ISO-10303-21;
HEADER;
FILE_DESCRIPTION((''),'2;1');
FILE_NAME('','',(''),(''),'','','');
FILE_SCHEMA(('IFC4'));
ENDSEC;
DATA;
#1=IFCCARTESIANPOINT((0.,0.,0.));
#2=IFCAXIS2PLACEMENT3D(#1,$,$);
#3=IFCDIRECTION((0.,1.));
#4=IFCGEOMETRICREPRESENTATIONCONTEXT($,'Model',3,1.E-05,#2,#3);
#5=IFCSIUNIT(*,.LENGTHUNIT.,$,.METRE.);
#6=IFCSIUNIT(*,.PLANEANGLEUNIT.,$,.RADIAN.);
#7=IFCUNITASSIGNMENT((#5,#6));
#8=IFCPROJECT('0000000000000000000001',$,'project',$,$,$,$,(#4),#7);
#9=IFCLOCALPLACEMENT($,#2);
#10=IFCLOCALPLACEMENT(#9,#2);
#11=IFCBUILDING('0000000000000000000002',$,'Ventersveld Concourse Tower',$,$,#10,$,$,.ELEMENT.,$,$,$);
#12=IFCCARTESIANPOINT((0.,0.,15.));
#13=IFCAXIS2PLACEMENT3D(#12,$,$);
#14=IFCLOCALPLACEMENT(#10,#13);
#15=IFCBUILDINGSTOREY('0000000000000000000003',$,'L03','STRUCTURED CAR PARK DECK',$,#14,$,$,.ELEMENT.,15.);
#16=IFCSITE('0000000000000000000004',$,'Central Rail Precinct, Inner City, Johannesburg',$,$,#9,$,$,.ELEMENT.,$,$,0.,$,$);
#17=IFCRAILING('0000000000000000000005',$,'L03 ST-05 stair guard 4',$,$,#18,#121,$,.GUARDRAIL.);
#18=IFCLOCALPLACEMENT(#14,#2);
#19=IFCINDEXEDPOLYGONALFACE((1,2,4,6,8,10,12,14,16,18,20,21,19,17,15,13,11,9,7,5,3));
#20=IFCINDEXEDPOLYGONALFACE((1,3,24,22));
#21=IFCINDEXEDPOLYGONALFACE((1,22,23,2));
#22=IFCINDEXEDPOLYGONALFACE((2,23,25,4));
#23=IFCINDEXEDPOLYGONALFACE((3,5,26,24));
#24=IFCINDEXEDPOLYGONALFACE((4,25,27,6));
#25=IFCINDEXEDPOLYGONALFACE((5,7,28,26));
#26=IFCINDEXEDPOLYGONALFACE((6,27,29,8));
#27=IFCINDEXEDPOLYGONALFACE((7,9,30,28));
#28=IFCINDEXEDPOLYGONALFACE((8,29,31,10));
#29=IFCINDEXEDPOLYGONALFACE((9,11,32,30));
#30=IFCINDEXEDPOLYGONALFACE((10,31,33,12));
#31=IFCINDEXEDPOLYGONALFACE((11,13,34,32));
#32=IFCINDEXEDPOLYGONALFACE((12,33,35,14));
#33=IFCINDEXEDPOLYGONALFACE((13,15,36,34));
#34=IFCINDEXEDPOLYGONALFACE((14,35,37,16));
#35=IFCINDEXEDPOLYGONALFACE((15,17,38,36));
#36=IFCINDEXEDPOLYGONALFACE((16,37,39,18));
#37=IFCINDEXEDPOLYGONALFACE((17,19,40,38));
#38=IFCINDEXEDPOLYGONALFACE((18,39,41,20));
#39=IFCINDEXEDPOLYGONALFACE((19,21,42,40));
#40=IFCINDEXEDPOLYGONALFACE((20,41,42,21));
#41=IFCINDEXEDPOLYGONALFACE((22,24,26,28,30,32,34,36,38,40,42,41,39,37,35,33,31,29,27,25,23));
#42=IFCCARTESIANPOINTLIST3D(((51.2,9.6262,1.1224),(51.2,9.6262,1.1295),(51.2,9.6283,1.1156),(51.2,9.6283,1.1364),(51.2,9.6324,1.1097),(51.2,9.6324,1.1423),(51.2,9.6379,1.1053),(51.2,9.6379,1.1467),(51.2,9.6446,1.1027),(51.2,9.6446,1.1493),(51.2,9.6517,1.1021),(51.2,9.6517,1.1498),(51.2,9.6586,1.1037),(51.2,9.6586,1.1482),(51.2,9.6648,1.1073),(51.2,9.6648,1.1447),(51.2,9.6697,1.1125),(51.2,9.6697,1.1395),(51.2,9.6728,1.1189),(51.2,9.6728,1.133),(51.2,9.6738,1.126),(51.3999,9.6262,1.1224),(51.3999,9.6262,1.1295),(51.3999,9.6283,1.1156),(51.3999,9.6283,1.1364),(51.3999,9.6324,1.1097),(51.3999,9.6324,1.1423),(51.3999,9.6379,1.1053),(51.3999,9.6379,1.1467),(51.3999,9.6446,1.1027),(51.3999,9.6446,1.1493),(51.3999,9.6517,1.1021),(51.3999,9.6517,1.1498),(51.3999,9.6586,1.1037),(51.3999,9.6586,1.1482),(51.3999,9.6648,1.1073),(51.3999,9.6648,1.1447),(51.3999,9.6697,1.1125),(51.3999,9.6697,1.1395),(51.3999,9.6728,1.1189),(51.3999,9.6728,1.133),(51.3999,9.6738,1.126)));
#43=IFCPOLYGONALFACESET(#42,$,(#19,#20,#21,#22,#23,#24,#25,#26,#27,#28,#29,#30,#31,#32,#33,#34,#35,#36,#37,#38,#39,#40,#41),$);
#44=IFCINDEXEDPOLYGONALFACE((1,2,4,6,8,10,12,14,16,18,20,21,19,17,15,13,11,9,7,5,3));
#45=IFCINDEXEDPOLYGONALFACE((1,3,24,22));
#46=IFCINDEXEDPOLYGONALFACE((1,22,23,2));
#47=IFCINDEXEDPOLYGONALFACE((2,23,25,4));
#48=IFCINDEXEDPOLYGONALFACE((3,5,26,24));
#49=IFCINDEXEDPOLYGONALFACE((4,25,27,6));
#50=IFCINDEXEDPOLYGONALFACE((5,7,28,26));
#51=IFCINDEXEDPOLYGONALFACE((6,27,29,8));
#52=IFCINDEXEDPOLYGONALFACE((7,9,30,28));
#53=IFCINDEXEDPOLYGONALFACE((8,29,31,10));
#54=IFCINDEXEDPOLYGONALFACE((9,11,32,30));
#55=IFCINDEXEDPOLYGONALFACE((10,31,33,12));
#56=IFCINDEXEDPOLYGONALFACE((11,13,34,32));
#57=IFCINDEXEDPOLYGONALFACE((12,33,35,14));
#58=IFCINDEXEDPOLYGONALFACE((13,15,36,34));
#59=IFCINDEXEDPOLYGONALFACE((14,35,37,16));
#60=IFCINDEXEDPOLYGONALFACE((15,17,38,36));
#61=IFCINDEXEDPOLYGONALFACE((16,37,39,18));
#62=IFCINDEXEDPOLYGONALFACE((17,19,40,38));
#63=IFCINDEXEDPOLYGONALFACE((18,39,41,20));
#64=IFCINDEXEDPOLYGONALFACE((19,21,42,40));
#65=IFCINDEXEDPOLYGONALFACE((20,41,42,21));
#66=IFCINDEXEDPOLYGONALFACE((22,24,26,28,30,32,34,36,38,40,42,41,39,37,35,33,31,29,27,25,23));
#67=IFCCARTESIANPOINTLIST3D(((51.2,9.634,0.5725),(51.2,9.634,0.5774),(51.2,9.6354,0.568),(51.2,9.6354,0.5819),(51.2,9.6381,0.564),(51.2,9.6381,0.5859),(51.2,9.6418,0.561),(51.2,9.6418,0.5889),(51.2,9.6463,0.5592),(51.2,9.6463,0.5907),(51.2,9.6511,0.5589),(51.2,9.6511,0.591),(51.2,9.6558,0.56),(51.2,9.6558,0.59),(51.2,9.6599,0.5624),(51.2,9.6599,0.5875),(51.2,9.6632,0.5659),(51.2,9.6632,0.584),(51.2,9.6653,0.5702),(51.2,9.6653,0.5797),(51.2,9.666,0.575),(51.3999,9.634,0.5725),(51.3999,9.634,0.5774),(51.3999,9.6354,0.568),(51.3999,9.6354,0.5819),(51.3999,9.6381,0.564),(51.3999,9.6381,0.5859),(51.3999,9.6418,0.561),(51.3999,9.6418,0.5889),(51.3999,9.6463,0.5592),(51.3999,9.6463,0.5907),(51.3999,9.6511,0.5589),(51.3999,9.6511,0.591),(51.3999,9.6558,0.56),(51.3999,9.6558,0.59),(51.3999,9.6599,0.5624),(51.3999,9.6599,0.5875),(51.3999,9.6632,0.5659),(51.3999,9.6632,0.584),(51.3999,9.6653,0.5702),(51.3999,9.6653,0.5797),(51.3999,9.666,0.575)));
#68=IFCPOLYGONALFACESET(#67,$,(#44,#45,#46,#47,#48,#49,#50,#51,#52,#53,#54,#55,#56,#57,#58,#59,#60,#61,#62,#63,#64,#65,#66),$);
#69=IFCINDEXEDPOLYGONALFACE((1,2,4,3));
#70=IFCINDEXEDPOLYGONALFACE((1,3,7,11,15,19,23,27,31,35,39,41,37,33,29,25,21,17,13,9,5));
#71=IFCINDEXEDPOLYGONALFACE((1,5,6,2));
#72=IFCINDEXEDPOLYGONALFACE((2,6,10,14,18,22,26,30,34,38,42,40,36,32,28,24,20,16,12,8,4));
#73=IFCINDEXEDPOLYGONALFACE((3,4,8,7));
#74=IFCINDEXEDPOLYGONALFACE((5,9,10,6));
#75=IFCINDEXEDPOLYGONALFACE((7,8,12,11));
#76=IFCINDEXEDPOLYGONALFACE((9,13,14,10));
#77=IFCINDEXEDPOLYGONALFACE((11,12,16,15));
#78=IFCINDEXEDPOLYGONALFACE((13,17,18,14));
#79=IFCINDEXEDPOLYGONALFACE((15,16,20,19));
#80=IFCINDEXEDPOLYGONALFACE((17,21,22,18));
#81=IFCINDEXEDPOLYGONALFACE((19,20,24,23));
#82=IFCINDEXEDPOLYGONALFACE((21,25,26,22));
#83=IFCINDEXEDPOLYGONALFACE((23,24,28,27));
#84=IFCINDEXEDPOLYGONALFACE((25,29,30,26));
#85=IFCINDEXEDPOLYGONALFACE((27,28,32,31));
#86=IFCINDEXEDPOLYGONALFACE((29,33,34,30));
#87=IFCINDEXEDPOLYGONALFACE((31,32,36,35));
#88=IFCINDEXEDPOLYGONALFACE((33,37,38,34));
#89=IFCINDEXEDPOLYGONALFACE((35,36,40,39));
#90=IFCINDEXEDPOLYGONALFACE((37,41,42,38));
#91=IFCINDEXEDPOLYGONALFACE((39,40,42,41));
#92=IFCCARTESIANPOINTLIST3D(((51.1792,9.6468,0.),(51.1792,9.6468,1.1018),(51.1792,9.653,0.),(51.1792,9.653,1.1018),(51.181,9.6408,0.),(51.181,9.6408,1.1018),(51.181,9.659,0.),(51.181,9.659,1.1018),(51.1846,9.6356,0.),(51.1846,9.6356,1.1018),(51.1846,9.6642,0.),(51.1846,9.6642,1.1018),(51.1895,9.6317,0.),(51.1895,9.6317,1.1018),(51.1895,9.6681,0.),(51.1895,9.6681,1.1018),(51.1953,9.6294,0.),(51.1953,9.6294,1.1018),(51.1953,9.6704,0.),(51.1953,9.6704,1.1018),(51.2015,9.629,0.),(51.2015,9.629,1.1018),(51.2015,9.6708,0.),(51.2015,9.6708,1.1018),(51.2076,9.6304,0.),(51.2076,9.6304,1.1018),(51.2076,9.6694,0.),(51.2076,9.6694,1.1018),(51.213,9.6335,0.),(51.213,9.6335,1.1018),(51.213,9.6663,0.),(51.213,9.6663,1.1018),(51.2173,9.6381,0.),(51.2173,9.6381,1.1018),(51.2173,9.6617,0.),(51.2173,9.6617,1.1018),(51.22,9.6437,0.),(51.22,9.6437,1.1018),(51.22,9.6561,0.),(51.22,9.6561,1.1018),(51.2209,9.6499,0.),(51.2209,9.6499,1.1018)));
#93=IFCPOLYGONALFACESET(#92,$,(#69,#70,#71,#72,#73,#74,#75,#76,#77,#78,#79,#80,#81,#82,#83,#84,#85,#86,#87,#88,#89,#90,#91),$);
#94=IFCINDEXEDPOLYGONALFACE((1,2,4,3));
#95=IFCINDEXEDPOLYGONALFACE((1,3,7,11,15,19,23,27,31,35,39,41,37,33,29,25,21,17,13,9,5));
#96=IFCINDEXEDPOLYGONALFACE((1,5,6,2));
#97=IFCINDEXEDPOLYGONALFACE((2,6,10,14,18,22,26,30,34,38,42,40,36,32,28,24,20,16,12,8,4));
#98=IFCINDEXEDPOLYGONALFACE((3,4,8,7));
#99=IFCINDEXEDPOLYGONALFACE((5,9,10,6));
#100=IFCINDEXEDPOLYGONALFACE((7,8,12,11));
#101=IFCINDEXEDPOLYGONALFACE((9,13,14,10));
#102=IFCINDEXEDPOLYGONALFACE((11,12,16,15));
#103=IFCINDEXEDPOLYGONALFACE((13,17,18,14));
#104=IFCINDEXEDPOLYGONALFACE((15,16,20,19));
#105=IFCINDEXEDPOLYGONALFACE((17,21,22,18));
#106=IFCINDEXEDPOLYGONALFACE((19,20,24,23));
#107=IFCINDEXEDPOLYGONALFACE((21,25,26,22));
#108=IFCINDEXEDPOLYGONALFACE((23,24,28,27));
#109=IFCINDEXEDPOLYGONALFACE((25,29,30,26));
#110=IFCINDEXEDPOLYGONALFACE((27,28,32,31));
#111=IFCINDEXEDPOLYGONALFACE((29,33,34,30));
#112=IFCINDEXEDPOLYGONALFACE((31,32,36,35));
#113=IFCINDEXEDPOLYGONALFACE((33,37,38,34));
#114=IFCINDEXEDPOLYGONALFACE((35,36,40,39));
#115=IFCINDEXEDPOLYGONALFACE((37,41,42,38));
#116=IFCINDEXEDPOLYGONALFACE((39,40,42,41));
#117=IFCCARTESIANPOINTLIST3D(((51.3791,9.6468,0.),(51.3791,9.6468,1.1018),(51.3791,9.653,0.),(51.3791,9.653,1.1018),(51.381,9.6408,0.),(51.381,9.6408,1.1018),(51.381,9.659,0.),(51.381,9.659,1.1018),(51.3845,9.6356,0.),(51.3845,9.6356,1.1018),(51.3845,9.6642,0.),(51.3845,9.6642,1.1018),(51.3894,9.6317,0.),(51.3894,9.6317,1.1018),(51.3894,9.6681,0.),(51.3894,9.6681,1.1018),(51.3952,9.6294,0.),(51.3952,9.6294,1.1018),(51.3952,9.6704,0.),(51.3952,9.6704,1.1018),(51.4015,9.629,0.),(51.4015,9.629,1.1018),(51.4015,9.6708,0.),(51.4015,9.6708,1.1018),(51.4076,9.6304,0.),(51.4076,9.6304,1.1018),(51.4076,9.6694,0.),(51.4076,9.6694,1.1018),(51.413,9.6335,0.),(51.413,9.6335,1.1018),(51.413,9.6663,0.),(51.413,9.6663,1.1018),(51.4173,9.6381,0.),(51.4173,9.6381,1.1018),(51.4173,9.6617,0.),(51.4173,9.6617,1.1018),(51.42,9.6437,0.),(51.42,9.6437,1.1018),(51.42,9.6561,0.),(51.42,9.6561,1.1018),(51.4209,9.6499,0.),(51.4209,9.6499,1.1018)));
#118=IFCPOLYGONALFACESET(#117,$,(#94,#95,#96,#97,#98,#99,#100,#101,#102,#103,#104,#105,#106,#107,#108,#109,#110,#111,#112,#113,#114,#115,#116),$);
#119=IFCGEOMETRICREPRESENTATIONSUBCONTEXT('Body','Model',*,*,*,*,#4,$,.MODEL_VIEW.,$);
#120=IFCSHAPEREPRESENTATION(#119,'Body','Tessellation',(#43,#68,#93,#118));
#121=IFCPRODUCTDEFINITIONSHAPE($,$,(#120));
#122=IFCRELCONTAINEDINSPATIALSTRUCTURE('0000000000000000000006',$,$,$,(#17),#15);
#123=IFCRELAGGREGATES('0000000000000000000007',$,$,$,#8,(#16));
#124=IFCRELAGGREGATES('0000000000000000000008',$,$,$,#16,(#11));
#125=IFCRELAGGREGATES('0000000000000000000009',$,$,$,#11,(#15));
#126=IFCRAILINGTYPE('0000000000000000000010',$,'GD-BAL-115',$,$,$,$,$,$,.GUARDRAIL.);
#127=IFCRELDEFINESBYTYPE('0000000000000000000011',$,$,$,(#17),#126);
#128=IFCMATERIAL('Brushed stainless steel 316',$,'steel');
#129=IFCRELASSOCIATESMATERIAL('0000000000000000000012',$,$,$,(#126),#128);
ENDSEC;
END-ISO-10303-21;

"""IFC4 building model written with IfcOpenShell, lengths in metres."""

from ifc_helpers import new_model, si_unit, direction, frame, origin, origin_2d, place, context, subcontext, project, spatial, circle, extrude, material, type_object, element, save


model = new_model("IFC4")

# Units and contexts
model_context = context("Model", 3, precision=1e-05, world=origin(), true_north=direction((0.0, 1.0)))
body_context = subcontext(model_context, "Body", "Model", "MODEL_VIEW")
ifc_project = project(units=[si_unit("LENGTHUNIT", "METRE"), si_unit("PLANEANGLEUNIT", "RADIAN")], contexts=[model_context])

# Site, building, storey
site_placement = place(None, origin())
site = spatial("IfcSite", under=ifc_project, at=site_placement, Name="Central Rail Precinct, Inner City, Johannesburg", CompositionType="ELEMENT", RefElevation=0.0)
building_placement = place(site_placement, origin())
building = spatial("IfcBuilding", under=site, at=building_placement, Name="Ventersveld Concourse Tower", CompositionType="ELEMENT")
storey_placement = place(building_placement, frame((0.0, 0.0, 15.0)))
storey = spatial("IfcBuildingStorey", under=building, at=storey_placement, Name="L03", Description="STRUCTURED CAR PARK DECK", CompositionType="ELEMENT", Elevation=15.0)

# Shared definitions
ifc_material_1 = material(Name="Brushed stainless steel 316", Category="steel")

# Railing
railing_type_1 = type_object("IfcRailingType", Name="GD-BAL-115", PredefinedType="GUARDRAIL", material=ifc_material_1)
railing_1_placement = place(storey_placement, frame((51.2, 9.6499, 0.0)))
element("IfcRailing", 1, at=railing_1_placement, inside=storey, type_object=railing_type_1, Name="L03 ST-05 stair guard 4", PredefinedType="GUARDRAIL", context=body_context, shape_type="SweptSolid", body=[
    extrude(circle(Radius=0.0239, at=origin_2d()), frame((0.0, 0.0, 1.126), z_axis=(1.0, 0.0, 0.0), x_axis=(0.0, 1.0, 0.0)), (0.0, 0.0, 1.0), 0.2),
    extrude(circle(Radius=0.0161, at=origin_2d()), frame((0.0, 0.0, 0.575), z_axis=(1.0, 0.0, 0.0), x_axis=(0.0, 1.0, 0.0)), (0.0, 0.0, 1.0), 0.2),
    extrude(circle(Radius=0.021, at=origin_2d()), origin(), (0.0, 0.0, 1.0), 1.1018),
    extrude(circle(Radius=0.021, at=origin_2d()), frame((0.2, 0.0, 0.0)), (0.0, 0.0, 1.0), 1.1018),
])

save(model, "model.ifc")
